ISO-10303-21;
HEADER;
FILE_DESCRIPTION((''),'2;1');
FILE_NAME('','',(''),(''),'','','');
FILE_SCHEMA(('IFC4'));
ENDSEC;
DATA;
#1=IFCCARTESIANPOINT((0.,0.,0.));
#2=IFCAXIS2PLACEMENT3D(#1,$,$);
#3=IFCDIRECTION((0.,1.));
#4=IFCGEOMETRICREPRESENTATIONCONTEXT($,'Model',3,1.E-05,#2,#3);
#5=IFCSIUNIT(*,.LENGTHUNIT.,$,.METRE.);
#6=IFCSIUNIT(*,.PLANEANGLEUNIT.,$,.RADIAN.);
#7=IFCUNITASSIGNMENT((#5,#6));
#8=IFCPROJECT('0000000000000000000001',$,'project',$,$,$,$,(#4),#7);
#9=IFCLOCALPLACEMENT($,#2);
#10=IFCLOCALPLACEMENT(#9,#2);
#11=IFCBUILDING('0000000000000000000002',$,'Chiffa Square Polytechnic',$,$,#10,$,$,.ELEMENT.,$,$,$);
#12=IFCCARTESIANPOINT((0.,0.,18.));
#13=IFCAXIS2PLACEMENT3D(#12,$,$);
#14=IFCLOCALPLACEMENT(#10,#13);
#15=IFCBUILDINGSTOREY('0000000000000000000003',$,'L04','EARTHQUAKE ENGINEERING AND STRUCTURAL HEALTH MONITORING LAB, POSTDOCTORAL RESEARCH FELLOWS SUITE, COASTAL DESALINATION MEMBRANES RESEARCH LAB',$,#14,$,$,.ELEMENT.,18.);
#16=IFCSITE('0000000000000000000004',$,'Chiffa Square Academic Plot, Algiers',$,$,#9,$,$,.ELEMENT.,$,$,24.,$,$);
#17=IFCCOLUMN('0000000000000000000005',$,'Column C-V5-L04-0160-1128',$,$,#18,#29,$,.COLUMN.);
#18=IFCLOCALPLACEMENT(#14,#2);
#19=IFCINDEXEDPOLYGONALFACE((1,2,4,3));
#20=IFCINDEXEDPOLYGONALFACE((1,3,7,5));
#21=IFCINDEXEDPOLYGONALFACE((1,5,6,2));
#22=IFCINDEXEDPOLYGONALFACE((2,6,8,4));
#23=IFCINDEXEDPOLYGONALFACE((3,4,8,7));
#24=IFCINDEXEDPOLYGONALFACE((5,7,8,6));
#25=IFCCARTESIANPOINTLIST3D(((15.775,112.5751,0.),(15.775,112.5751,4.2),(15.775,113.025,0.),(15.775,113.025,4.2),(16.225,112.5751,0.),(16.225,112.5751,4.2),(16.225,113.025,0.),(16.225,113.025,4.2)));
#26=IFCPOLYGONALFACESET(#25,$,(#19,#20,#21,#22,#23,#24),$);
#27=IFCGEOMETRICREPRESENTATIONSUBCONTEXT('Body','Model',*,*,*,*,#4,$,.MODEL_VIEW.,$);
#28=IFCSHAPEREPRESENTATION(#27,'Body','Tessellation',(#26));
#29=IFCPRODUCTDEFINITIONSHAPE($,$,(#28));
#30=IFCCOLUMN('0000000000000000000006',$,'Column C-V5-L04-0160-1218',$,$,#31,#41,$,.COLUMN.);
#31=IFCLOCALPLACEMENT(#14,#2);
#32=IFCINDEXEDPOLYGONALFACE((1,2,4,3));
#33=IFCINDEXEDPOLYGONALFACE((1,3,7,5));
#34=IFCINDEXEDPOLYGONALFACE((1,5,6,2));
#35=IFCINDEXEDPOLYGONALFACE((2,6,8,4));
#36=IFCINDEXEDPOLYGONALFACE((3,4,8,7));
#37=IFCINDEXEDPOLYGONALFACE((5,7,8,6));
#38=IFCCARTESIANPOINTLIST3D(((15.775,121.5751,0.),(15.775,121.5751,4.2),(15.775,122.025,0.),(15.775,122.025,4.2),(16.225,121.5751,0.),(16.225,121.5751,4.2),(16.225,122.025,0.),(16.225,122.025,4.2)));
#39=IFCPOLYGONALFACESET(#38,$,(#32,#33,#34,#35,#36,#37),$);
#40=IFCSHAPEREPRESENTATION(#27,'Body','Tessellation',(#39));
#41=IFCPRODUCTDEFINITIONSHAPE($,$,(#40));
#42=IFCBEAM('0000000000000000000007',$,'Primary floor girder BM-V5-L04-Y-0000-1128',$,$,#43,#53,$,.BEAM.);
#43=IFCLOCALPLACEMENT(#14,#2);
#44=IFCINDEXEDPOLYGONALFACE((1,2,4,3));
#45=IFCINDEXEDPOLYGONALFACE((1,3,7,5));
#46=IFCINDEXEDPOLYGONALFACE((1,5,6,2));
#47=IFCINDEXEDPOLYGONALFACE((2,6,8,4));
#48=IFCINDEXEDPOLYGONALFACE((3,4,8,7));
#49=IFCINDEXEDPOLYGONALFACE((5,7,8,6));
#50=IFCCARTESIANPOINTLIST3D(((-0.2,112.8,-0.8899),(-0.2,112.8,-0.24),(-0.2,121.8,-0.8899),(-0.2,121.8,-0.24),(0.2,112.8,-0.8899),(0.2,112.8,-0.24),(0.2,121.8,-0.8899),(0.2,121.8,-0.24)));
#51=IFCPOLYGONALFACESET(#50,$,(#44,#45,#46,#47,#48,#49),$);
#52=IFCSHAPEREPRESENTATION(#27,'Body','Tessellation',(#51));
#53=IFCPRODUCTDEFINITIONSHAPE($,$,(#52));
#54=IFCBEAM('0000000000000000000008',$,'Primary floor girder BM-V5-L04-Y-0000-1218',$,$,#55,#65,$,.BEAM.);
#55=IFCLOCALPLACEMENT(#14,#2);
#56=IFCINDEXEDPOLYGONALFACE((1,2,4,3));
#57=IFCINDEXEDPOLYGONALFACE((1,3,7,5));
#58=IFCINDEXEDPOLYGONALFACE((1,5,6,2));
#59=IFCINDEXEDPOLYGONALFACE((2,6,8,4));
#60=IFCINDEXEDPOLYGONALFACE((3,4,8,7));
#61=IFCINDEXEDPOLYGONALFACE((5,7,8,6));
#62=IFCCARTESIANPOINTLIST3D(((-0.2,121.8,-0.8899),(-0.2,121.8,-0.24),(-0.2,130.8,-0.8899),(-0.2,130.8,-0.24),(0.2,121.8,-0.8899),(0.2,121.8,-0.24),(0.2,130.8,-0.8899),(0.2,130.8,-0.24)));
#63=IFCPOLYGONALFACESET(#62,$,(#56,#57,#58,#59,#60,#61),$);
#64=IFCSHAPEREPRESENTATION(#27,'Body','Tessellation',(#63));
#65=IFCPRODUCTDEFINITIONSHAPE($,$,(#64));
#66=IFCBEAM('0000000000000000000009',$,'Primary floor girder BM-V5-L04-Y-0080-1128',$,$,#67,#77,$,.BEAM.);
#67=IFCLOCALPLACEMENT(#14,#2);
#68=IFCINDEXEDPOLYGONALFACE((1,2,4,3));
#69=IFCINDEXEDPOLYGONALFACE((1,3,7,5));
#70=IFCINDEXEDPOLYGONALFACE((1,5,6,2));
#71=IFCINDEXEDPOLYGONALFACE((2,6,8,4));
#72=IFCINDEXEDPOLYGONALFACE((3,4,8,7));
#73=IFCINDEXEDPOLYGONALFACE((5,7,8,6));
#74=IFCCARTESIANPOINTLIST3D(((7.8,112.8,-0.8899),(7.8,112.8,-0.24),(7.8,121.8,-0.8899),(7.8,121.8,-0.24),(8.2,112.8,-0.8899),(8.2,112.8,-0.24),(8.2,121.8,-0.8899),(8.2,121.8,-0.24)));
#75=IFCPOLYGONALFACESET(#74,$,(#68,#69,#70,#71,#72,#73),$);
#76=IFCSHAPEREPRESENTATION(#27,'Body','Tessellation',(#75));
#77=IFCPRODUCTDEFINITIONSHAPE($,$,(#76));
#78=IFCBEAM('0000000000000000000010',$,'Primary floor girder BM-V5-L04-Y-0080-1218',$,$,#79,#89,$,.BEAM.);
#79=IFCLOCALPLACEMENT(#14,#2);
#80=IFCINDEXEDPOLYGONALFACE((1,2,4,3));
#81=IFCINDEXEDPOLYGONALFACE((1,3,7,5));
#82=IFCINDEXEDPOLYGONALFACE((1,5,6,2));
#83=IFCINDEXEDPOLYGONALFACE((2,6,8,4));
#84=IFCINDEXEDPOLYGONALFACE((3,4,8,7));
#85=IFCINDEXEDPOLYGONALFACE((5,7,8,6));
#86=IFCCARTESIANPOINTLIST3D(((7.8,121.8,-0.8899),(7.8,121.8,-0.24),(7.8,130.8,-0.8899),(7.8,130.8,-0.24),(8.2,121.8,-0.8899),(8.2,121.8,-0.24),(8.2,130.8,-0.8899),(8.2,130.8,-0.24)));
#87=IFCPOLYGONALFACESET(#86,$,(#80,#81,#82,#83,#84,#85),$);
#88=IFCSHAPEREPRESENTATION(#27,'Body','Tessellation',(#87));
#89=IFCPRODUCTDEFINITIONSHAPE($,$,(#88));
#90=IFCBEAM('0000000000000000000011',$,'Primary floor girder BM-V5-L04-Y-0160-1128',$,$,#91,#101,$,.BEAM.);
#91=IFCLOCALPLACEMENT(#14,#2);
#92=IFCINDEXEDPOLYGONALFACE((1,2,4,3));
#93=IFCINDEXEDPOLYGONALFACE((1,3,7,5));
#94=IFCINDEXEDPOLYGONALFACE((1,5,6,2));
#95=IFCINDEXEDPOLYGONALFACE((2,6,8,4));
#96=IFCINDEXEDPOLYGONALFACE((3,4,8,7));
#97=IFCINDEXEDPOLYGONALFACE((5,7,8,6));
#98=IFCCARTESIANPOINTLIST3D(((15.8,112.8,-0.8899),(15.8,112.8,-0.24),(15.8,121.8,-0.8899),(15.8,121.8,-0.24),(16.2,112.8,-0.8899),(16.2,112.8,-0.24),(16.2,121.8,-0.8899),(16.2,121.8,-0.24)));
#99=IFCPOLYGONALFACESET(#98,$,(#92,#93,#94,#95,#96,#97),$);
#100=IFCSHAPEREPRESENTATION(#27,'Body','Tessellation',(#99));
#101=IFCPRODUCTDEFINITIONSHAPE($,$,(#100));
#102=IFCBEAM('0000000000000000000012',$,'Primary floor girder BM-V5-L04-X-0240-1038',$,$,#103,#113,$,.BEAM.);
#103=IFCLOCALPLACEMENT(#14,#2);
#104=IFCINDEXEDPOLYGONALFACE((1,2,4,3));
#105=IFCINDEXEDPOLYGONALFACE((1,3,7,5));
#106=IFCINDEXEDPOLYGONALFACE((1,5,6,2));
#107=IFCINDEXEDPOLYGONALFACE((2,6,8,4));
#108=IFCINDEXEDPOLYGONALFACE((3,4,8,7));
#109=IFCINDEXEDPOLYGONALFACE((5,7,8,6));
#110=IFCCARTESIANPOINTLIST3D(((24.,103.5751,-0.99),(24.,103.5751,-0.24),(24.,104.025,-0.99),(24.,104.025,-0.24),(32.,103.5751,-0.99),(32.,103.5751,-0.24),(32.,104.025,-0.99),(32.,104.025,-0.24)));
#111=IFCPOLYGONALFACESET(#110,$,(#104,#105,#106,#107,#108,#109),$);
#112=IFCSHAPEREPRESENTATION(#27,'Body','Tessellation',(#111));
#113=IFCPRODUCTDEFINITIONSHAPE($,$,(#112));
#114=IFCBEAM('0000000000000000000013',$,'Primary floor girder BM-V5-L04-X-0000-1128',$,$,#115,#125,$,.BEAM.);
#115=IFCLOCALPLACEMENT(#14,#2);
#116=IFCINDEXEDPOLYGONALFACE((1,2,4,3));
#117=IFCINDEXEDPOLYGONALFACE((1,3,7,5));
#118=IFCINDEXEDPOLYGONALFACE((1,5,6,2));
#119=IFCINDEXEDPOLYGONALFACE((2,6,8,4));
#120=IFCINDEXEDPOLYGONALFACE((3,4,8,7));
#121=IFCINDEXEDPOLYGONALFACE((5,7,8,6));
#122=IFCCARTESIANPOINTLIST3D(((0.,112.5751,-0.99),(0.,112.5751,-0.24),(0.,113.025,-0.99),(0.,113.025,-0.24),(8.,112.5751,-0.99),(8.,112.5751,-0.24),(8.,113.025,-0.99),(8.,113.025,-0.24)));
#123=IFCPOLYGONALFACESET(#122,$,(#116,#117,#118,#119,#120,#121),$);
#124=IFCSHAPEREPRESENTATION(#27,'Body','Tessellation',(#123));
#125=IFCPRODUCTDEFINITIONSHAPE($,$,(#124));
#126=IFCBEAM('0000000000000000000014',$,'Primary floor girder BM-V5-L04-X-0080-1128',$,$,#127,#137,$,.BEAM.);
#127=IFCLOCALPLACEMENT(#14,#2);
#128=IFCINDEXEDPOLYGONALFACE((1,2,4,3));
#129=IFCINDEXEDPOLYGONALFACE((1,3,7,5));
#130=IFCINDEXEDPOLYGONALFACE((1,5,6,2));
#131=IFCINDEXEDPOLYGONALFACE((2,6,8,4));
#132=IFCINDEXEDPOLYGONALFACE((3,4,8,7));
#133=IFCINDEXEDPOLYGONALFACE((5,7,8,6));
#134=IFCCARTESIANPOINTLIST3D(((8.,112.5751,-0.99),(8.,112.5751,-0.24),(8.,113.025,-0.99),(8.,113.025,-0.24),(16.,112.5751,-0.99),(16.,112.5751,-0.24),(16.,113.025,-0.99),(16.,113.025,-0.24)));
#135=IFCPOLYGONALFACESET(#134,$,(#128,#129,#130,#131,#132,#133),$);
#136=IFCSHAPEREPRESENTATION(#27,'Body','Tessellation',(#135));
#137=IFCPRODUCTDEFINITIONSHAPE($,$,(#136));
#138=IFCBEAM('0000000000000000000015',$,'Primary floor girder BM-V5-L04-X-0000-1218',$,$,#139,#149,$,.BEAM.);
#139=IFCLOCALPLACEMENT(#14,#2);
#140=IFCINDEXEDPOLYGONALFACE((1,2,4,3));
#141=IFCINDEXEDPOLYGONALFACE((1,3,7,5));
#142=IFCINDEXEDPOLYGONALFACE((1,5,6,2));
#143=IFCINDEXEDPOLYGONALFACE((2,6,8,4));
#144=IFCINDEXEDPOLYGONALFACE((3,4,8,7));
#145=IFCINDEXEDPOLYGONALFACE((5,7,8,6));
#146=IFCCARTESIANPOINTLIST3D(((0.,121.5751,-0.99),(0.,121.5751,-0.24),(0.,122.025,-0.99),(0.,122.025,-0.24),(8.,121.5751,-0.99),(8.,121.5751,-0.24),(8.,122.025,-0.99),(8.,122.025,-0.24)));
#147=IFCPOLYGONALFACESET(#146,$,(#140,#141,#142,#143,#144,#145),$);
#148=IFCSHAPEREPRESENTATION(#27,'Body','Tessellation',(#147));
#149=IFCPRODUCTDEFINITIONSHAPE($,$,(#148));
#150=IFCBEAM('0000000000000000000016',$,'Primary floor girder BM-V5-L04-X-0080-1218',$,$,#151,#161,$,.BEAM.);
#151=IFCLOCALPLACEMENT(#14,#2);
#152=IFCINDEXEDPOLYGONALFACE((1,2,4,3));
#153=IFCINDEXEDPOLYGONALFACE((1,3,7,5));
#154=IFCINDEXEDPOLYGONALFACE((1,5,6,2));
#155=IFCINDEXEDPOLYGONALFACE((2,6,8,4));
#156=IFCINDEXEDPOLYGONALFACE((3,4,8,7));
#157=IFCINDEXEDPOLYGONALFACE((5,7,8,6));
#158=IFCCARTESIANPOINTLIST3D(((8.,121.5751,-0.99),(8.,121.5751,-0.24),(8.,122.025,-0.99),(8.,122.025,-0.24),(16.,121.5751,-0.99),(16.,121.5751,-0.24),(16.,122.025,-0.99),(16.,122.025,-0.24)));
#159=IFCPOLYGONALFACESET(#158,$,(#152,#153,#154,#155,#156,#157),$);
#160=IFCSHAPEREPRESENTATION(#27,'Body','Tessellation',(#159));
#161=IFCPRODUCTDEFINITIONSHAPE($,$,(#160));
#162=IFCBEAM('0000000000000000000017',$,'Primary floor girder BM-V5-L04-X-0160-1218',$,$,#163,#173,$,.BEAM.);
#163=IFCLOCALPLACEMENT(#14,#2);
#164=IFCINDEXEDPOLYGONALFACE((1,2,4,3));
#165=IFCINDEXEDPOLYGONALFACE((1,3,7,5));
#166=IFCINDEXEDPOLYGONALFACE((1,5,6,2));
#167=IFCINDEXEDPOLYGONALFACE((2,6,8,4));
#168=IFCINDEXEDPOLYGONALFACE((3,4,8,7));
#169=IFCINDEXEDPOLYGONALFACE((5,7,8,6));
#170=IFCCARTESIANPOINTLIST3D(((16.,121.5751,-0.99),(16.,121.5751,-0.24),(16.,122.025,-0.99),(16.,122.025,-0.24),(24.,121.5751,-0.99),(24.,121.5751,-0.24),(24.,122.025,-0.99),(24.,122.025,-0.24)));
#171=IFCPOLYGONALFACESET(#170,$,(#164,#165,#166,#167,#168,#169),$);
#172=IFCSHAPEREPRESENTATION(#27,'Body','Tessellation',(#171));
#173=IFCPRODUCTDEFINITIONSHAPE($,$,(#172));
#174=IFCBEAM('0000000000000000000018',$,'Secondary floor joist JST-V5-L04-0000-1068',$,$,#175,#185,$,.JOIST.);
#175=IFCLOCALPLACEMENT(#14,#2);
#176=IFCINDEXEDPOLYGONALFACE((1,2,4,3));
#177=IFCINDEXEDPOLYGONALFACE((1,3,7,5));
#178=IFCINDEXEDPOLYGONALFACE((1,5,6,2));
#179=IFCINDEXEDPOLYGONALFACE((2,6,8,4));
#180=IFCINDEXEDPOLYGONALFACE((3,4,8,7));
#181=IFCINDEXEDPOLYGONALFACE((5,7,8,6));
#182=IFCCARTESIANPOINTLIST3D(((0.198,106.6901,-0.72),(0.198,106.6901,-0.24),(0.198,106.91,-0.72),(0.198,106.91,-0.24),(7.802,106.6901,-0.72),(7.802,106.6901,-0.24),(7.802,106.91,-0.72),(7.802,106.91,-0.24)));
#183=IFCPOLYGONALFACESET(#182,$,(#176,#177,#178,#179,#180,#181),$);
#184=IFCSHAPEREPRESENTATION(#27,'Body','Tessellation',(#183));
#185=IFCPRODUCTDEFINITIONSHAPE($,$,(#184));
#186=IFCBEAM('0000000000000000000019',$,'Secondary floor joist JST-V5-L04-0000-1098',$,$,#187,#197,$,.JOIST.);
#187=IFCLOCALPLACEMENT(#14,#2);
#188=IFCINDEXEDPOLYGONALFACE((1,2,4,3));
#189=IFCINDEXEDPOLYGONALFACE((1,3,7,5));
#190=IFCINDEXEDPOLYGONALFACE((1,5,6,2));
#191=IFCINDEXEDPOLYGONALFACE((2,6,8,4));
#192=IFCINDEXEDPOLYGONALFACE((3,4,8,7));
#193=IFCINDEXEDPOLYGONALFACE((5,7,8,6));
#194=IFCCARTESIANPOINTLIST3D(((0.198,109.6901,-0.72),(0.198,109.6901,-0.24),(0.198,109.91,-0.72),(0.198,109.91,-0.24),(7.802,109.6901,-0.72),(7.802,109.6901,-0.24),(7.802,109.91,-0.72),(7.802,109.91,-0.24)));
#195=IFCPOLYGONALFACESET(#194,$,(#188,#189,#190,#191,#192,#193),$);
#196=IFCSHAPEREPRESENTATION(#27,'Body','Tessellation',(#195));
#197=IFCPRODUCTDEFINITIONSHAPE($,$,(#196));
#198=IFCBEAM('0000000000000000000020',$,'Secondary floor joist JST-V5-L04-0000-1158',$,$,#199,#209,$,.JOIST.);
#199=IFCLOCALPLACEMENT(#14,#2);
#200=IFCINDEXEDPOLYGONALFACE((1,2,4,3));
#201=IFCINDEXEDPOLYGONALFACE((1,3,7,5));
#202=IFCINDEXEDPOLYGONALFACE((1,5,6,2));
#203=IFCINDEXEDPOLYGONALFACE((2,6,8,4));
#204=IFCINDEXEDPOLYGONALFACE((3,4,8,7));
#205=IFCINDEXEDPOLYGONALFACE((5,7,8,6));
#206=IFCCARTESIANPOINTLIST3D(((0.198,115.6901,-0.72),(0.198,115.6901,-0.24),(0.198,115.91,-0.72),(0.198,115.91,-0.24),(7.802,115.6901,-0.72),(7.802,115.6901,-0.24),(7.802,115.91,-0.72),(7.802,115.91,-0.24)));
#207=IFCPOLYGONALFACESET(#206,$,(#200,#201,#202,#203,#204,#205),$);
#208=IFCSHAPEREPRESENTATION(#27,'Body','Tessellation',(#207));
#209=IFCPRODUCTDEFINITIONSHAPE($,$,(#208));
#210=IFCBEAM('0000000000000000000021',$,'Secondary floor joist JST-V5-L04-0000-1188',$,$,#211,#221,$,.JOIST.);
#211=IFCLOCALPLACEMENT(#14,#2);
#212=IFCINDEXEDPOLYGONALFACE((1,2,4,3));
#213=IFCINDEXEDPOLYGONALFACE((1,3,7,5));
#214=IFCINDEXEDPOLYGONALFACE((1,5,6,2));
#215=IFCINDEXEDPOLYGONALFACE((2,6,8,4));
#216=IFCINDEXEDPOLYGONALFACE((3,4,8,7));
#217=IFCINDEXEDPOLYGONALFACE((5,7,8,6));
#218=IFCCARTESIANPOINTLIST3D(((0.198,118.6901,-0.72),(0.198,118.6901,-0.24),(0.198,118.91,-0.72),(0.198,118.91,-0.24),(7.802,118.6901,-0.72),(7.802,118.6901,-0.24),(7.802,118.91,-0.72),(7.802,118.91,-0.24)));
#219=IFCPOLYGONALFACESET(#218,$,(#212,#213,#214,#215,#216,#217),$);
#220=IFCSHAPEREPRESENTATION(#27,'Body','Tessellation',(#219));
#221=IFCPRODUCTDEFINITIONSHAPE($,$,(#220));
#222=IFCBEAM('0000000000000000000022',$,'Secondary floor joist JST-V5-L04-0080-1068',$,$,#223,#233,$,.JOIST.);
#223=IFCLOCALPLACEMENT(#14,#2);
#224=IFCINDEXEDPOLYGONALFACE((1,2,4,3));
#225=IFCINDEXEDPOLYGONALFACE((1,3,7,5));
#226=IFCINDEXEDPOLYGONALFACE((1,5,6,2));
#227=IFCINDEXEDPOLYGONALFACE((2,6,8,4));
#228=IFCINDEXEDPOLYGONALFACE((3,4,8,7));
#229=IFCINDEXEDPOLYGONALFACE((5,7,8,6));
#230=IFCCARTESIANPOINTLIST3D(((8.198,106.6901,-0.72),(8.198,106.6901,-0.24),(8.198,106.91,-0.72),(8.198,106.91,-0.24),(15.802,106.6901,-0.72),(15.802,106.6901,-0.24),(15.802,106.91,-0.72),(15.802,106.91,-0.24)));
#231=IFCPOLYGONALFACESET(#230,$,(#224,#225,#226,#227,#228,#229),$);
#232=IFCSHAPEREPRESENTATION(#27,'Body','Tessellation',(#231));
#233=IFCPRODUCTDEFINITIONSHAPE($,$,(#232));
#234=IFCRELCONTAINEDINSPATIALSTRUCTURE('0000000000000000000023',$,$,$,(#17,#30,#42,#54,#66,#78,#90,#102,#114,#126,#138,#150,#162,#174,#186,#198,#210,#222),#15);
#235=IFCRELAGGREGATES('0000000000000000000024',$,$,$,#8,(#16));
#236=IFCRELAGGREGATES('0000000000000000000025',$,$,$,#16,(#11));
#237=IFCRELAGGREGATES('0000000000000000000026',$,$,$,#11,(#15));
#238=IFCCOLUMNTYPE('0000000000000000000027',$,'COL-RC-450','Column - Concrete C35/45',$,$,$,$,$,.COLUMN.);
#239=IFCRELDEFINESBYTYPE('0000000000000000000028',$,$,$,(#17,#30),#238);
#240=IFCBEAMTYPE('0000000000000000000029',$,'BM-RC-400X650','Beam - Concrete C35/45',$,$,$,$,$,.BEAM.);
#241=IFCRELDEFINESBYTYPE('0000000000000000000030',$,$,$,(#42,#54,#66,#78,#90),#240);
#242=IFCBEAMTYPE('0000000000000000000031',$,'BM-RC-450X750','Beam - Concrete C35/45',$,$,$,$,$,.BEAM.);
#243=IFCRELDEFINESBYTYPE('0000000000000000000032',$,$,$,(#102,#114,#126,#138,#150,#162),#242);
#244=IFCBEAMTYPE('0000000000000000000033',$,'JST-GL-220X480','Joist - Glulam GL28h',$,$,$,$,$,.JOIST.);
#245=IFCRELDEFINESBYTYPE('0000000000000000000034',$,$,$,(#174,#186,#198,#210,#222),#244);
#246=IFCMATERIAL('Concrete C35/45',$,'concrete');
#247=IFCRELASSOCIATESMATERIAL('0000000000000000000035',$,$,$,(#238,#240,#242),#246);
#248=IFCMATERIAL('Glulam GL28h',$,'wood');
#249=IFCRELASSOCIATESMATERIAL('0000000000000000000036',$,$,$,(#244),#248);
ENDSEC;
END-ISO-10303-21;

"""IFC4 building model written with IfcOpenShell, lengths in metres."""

from ifc_helpers import new_model, si_unit, direction, frame, origin, origin_2d, place, context, subcontext, project, spatial, rectangle, extrude, material, material_profile, profile_set, type_object, element, save


model = new_model("IFC4")

# Units and contexts
model_context = context("Model", 3, precision=1e-05, world=origin(), true_north=direction((0.0, 1.0)))
body_context = subcontext(model_context, "Body", "Model", "MODEL_VIEW")
ifc_project = project(units=[si_unit("LENGTHUNIT", "METRE"), si_unit("PLANEANGLEUNIT", "RADIAN")], contexts=[model_context])

# Site, building, storey
site_placement = place(None, origin())
site = spatial("IfcSite", under=ifc_project, at=site_placement, Name="Chiffa Square Academic Plot, Algiers", CompositionType="ELEMENT", RefElevation=24.0)
building_placement = place(site_placement, origin())
building = spatial("IfcBuilding", under=site, at=building_placement, Name="Chiffa Square Polytechnic", CompositionType="ELEMENT")
storey_placement = place(building_placement, frame((0.0, 0.0, 18.0)))
storey = spatial("IfcBuildingStorey", under=building, at=storey_placement, Name="L04", Description="EARTHQUAKE ENGINEERING AND STRUCTURAL HEALTH MONITORING LAB, POSTDOCTORAL RESEARCH FELLOWS SUITE, COASTAL DESALINATION MEMBRANES RESEARCH LAB", CompositionType="ELEMENT", Elevation=18.0)

# Columns
ifc_material_1 = material(Name="Concrete C35/45", Category="concrete")
ifc_material_profile_1 = material_profile(ifc_material_1, rectangle(XDim=0.45, YDim=0.45, at=origin_2d()), Name="RC 450x450")
ifc_profile_set_1 = profile_set([ifc_material_profile_1], Name="Concrete C35/45")
column_type = type_object("IfcColumnType", Name="COL-RC-450", Description="Column - Concrete C35/45", PredefinedType="COLUMN", material=ifc_profile_set_1)
for number, where, z_axis, x_axis, name in (
    (1, (16.0, 112.8, 0.0), (0.0, 0.0, 1.0), (1.0, 0.0, 0.0), "Column C-V5-L04-0160-1128"),
    (2, (16.0, 121.8, 0.0), (0.0, 0.0, 1.0), (1.0, 0.0, 0.0), "Column C-V5-L04-0160-1218"),
):
    element("IfcColumn", number, at=place(storey_placement, frame(where, z_axis=z_axis, x_axis=x_axis)), inside=storey, type_object=column_type, Name=name, PredefinedType="COLUMN", context=body_context, shape_type="SweptSolid", body=[
        extrude(rectangle(XDim=0.45, YDim=0.45, at=origin_2d()), origin(), (0.0, 0.0, 1.0), 4.2),
    ])

# Beams
ifc_material_profile_2 = material_profile(ifc_material_1, rectangle(XDim=0.3999, YDim=0.6499, at=origin_2d()), Name="RC 400x650")
ifc_profile_set_2 = profile_set([ifc_material_profile_2], Name="Concrete C35/45")
beam_type_1 = type_object("IfcBeamType", Name="BM-RC-400X650", Description="Beam - Concrete C35/45", PredefinedType="BEAM", material=ifc_profile_set_2)
for number, where, z_axis, x_axis, name in (
    (3, (0.0, 112.8, -0.5649), (0.0, 1.0, 0.0), (-1.0, 0.0, 0.0), "Primary floor girder BM-V5-L04-Y-0000-1128"),
    (4, (0.0, 121.8, -0.5649), (0.0, 1.0, 0.0), (-1.0, 0.0, 0.0), "Primary floor girder BM-V5-L04-Y-0000-1218"),
    (5, (8.0, 112.8, -0.5649), (0.0, 1.0, 0.0), (-1.0, 0.0, 0.0), "Primary floor girder BM-V5-L04-Y-0080-1128"),
    (6, (8.0, 121.8, -0.5649), (0.0, 1.0, 0.0), (-1.0, 0.0, 0.0), "Primary floor girder BM-V5-L04-Y-0080-1218"),
    (7, (16.0, 112.8, -0.5649), (0.0, 1.0, 0.0), (-1.0, 0.0, 0.0), "Primary floor girder BM-V5-L04-Y-0160-1128"),
):
    element("IfcBeam", number, at=place(storey_placement, frame(where, z_axis=z_axis, x_axis=x_axis)), inside=storey, type_object=beam_type_1, Name=name, PredefinedType="BEAM", context=body_context, shape_type="SweptSolid", body=[
        extrude(rectangle(XDim=0.3999, YDim=0.6499, at=origin_2d()), origin(), (0.0, 0.0, 1.0), 9.0),
    ])
ifc_material_profile_3 = material_profile(ifc_material_1, rectangle(XDim=0.45, YDim=0.75, at=origin_2d()), Name="RC 450x750")
ifc_profile_set_3 = profile_set([ifc_material_profile_3], Name="Concrete C35/45")
beam_type_2 = type_object("IfcBeamType", Name="BM-RC-450X750", Description="Beam - Concrete C35/45", PredefinedType="BEAM", material=ifc_profile_set_3)
for number, where, z_axis, x_axis, name in (
    (8, (24.0, 103.8, -0.615), (1.0, 0.0, 0.0), (0.0, 1.0, 0.0), "Primary floor girder BM-V5-L04-X-0240-1038"),
    (9, (0.0, 112.8, -0.615), (1.0, 0.0, 0.0), (0.0, 1.0, 0.0), "Primary floor girder BM-V5-L04-X-0000-1128"),
    (10, (8.0, 112.8, -0.615), (1.0, 0.0, 0.0), (0.0, 1.0, 0.0), "Primary floor girder BM-V5-L04-X-0080-1128"),
    (11, (0.0, 121.8, -0.615), (1.0, 0.0, 0.0), (0.0, 1.0, 0.0), "Primary floor girder BM-V5-L04-X-0000-1218"),
    (12, (8.0, 121.8, -0.615), (1.0, 0.0, 0.0), (0.0, 1.0, 0.0), "Primary floor girder BM-V5-L04-X-0080-1218"),
    (13, (16.0, 121.8, -0.615), (1.0, 0.0, 0.0), (0.0, 1.0, 0.0), "Primary floor girder BM-V5-L04-X-0160-1218"),
):
    element("IfcBeam", number, at=place(storey_placement, frame(where, z_axis=z_axis, x_axis=x_axis)), inside=storey, type_object=beam_type_2, Name=name, PredefinedType="BEAM", context=body_context, shape_type="SweptSolid", body=[
        extrude(rectangle(XDim=0.45, YDim=0.75, at=origin_2d()), origin(), (0.0, 0.0, 1.0), 8.0),
    ])
ifc_material_2 = material(Name="Glulam GL28h", Category="wood")
ifc_material_profile_4 = material_profile(ifc_material_2, rectangle(XDim=0.22, YDim=0.48, at=origin_2d()), Name="GL28h 220x480")
ifc_profile_set_4 = profile_set([ifc_material_profile_4], Name="Glulam GL28h")
beam_type_3 = type_object("IfcBeamType", Name="JST-GL-220X480", Description="Joist - Glulam GL28h", PredefinedType="JOIST", material=ifc_profile_set_4)
for number, where, z_axis, x_axis, name in (
    (14, (0.198, 106.8, -0.48), (1.0, 0.0, 0.0), (0.0, 1.0, 0.0), "Secondary floor joist JST-V5-L04-0000-1068"),
    (15, (0.198, 109.8, -0.48), (1.0, 0.0, 0.0), (0.0, 1.0, 0.0), "Secondary floor joist JST-V5-L04-0000-1098"),
    (16, (0.198, 115.8, -0.48), (1.0, 0.0, 0.0), (0.0, 1.0, 0.0), "Secondary floor joist JST-V5-L04-0000-1158"),
    (17, (0.198, 118.8, -0.48), (1.0, 0.0, 0.0), (0.0, 1.0, 0.0), "Secondary floor joist JST-V5-L04-0000-1188"),
    (18, (8.198, 106.8, -0.48), (1.0, 0.0, 0.0), (0.0, 1.0, 0.0), "Secondary floor joist JST-V5-L04-0080-1068"),
):
    element("IfcBeam", number, at=place(storey_placement, frame(where, z_axis=z_axis, x_axis=x_axis)), inside=storey, type_object=beam_type_3, Name=name, PredefinedType="JOIST", context=body_context, shape_type="SweptSolid", body=[
        extrude(rectangle(XDim=0.22, YDim=0.48, at=origin_2d()), origin(), (0.0, 0.0, 1.0), 7.604),
    ])

save(model, "model.ifc")
